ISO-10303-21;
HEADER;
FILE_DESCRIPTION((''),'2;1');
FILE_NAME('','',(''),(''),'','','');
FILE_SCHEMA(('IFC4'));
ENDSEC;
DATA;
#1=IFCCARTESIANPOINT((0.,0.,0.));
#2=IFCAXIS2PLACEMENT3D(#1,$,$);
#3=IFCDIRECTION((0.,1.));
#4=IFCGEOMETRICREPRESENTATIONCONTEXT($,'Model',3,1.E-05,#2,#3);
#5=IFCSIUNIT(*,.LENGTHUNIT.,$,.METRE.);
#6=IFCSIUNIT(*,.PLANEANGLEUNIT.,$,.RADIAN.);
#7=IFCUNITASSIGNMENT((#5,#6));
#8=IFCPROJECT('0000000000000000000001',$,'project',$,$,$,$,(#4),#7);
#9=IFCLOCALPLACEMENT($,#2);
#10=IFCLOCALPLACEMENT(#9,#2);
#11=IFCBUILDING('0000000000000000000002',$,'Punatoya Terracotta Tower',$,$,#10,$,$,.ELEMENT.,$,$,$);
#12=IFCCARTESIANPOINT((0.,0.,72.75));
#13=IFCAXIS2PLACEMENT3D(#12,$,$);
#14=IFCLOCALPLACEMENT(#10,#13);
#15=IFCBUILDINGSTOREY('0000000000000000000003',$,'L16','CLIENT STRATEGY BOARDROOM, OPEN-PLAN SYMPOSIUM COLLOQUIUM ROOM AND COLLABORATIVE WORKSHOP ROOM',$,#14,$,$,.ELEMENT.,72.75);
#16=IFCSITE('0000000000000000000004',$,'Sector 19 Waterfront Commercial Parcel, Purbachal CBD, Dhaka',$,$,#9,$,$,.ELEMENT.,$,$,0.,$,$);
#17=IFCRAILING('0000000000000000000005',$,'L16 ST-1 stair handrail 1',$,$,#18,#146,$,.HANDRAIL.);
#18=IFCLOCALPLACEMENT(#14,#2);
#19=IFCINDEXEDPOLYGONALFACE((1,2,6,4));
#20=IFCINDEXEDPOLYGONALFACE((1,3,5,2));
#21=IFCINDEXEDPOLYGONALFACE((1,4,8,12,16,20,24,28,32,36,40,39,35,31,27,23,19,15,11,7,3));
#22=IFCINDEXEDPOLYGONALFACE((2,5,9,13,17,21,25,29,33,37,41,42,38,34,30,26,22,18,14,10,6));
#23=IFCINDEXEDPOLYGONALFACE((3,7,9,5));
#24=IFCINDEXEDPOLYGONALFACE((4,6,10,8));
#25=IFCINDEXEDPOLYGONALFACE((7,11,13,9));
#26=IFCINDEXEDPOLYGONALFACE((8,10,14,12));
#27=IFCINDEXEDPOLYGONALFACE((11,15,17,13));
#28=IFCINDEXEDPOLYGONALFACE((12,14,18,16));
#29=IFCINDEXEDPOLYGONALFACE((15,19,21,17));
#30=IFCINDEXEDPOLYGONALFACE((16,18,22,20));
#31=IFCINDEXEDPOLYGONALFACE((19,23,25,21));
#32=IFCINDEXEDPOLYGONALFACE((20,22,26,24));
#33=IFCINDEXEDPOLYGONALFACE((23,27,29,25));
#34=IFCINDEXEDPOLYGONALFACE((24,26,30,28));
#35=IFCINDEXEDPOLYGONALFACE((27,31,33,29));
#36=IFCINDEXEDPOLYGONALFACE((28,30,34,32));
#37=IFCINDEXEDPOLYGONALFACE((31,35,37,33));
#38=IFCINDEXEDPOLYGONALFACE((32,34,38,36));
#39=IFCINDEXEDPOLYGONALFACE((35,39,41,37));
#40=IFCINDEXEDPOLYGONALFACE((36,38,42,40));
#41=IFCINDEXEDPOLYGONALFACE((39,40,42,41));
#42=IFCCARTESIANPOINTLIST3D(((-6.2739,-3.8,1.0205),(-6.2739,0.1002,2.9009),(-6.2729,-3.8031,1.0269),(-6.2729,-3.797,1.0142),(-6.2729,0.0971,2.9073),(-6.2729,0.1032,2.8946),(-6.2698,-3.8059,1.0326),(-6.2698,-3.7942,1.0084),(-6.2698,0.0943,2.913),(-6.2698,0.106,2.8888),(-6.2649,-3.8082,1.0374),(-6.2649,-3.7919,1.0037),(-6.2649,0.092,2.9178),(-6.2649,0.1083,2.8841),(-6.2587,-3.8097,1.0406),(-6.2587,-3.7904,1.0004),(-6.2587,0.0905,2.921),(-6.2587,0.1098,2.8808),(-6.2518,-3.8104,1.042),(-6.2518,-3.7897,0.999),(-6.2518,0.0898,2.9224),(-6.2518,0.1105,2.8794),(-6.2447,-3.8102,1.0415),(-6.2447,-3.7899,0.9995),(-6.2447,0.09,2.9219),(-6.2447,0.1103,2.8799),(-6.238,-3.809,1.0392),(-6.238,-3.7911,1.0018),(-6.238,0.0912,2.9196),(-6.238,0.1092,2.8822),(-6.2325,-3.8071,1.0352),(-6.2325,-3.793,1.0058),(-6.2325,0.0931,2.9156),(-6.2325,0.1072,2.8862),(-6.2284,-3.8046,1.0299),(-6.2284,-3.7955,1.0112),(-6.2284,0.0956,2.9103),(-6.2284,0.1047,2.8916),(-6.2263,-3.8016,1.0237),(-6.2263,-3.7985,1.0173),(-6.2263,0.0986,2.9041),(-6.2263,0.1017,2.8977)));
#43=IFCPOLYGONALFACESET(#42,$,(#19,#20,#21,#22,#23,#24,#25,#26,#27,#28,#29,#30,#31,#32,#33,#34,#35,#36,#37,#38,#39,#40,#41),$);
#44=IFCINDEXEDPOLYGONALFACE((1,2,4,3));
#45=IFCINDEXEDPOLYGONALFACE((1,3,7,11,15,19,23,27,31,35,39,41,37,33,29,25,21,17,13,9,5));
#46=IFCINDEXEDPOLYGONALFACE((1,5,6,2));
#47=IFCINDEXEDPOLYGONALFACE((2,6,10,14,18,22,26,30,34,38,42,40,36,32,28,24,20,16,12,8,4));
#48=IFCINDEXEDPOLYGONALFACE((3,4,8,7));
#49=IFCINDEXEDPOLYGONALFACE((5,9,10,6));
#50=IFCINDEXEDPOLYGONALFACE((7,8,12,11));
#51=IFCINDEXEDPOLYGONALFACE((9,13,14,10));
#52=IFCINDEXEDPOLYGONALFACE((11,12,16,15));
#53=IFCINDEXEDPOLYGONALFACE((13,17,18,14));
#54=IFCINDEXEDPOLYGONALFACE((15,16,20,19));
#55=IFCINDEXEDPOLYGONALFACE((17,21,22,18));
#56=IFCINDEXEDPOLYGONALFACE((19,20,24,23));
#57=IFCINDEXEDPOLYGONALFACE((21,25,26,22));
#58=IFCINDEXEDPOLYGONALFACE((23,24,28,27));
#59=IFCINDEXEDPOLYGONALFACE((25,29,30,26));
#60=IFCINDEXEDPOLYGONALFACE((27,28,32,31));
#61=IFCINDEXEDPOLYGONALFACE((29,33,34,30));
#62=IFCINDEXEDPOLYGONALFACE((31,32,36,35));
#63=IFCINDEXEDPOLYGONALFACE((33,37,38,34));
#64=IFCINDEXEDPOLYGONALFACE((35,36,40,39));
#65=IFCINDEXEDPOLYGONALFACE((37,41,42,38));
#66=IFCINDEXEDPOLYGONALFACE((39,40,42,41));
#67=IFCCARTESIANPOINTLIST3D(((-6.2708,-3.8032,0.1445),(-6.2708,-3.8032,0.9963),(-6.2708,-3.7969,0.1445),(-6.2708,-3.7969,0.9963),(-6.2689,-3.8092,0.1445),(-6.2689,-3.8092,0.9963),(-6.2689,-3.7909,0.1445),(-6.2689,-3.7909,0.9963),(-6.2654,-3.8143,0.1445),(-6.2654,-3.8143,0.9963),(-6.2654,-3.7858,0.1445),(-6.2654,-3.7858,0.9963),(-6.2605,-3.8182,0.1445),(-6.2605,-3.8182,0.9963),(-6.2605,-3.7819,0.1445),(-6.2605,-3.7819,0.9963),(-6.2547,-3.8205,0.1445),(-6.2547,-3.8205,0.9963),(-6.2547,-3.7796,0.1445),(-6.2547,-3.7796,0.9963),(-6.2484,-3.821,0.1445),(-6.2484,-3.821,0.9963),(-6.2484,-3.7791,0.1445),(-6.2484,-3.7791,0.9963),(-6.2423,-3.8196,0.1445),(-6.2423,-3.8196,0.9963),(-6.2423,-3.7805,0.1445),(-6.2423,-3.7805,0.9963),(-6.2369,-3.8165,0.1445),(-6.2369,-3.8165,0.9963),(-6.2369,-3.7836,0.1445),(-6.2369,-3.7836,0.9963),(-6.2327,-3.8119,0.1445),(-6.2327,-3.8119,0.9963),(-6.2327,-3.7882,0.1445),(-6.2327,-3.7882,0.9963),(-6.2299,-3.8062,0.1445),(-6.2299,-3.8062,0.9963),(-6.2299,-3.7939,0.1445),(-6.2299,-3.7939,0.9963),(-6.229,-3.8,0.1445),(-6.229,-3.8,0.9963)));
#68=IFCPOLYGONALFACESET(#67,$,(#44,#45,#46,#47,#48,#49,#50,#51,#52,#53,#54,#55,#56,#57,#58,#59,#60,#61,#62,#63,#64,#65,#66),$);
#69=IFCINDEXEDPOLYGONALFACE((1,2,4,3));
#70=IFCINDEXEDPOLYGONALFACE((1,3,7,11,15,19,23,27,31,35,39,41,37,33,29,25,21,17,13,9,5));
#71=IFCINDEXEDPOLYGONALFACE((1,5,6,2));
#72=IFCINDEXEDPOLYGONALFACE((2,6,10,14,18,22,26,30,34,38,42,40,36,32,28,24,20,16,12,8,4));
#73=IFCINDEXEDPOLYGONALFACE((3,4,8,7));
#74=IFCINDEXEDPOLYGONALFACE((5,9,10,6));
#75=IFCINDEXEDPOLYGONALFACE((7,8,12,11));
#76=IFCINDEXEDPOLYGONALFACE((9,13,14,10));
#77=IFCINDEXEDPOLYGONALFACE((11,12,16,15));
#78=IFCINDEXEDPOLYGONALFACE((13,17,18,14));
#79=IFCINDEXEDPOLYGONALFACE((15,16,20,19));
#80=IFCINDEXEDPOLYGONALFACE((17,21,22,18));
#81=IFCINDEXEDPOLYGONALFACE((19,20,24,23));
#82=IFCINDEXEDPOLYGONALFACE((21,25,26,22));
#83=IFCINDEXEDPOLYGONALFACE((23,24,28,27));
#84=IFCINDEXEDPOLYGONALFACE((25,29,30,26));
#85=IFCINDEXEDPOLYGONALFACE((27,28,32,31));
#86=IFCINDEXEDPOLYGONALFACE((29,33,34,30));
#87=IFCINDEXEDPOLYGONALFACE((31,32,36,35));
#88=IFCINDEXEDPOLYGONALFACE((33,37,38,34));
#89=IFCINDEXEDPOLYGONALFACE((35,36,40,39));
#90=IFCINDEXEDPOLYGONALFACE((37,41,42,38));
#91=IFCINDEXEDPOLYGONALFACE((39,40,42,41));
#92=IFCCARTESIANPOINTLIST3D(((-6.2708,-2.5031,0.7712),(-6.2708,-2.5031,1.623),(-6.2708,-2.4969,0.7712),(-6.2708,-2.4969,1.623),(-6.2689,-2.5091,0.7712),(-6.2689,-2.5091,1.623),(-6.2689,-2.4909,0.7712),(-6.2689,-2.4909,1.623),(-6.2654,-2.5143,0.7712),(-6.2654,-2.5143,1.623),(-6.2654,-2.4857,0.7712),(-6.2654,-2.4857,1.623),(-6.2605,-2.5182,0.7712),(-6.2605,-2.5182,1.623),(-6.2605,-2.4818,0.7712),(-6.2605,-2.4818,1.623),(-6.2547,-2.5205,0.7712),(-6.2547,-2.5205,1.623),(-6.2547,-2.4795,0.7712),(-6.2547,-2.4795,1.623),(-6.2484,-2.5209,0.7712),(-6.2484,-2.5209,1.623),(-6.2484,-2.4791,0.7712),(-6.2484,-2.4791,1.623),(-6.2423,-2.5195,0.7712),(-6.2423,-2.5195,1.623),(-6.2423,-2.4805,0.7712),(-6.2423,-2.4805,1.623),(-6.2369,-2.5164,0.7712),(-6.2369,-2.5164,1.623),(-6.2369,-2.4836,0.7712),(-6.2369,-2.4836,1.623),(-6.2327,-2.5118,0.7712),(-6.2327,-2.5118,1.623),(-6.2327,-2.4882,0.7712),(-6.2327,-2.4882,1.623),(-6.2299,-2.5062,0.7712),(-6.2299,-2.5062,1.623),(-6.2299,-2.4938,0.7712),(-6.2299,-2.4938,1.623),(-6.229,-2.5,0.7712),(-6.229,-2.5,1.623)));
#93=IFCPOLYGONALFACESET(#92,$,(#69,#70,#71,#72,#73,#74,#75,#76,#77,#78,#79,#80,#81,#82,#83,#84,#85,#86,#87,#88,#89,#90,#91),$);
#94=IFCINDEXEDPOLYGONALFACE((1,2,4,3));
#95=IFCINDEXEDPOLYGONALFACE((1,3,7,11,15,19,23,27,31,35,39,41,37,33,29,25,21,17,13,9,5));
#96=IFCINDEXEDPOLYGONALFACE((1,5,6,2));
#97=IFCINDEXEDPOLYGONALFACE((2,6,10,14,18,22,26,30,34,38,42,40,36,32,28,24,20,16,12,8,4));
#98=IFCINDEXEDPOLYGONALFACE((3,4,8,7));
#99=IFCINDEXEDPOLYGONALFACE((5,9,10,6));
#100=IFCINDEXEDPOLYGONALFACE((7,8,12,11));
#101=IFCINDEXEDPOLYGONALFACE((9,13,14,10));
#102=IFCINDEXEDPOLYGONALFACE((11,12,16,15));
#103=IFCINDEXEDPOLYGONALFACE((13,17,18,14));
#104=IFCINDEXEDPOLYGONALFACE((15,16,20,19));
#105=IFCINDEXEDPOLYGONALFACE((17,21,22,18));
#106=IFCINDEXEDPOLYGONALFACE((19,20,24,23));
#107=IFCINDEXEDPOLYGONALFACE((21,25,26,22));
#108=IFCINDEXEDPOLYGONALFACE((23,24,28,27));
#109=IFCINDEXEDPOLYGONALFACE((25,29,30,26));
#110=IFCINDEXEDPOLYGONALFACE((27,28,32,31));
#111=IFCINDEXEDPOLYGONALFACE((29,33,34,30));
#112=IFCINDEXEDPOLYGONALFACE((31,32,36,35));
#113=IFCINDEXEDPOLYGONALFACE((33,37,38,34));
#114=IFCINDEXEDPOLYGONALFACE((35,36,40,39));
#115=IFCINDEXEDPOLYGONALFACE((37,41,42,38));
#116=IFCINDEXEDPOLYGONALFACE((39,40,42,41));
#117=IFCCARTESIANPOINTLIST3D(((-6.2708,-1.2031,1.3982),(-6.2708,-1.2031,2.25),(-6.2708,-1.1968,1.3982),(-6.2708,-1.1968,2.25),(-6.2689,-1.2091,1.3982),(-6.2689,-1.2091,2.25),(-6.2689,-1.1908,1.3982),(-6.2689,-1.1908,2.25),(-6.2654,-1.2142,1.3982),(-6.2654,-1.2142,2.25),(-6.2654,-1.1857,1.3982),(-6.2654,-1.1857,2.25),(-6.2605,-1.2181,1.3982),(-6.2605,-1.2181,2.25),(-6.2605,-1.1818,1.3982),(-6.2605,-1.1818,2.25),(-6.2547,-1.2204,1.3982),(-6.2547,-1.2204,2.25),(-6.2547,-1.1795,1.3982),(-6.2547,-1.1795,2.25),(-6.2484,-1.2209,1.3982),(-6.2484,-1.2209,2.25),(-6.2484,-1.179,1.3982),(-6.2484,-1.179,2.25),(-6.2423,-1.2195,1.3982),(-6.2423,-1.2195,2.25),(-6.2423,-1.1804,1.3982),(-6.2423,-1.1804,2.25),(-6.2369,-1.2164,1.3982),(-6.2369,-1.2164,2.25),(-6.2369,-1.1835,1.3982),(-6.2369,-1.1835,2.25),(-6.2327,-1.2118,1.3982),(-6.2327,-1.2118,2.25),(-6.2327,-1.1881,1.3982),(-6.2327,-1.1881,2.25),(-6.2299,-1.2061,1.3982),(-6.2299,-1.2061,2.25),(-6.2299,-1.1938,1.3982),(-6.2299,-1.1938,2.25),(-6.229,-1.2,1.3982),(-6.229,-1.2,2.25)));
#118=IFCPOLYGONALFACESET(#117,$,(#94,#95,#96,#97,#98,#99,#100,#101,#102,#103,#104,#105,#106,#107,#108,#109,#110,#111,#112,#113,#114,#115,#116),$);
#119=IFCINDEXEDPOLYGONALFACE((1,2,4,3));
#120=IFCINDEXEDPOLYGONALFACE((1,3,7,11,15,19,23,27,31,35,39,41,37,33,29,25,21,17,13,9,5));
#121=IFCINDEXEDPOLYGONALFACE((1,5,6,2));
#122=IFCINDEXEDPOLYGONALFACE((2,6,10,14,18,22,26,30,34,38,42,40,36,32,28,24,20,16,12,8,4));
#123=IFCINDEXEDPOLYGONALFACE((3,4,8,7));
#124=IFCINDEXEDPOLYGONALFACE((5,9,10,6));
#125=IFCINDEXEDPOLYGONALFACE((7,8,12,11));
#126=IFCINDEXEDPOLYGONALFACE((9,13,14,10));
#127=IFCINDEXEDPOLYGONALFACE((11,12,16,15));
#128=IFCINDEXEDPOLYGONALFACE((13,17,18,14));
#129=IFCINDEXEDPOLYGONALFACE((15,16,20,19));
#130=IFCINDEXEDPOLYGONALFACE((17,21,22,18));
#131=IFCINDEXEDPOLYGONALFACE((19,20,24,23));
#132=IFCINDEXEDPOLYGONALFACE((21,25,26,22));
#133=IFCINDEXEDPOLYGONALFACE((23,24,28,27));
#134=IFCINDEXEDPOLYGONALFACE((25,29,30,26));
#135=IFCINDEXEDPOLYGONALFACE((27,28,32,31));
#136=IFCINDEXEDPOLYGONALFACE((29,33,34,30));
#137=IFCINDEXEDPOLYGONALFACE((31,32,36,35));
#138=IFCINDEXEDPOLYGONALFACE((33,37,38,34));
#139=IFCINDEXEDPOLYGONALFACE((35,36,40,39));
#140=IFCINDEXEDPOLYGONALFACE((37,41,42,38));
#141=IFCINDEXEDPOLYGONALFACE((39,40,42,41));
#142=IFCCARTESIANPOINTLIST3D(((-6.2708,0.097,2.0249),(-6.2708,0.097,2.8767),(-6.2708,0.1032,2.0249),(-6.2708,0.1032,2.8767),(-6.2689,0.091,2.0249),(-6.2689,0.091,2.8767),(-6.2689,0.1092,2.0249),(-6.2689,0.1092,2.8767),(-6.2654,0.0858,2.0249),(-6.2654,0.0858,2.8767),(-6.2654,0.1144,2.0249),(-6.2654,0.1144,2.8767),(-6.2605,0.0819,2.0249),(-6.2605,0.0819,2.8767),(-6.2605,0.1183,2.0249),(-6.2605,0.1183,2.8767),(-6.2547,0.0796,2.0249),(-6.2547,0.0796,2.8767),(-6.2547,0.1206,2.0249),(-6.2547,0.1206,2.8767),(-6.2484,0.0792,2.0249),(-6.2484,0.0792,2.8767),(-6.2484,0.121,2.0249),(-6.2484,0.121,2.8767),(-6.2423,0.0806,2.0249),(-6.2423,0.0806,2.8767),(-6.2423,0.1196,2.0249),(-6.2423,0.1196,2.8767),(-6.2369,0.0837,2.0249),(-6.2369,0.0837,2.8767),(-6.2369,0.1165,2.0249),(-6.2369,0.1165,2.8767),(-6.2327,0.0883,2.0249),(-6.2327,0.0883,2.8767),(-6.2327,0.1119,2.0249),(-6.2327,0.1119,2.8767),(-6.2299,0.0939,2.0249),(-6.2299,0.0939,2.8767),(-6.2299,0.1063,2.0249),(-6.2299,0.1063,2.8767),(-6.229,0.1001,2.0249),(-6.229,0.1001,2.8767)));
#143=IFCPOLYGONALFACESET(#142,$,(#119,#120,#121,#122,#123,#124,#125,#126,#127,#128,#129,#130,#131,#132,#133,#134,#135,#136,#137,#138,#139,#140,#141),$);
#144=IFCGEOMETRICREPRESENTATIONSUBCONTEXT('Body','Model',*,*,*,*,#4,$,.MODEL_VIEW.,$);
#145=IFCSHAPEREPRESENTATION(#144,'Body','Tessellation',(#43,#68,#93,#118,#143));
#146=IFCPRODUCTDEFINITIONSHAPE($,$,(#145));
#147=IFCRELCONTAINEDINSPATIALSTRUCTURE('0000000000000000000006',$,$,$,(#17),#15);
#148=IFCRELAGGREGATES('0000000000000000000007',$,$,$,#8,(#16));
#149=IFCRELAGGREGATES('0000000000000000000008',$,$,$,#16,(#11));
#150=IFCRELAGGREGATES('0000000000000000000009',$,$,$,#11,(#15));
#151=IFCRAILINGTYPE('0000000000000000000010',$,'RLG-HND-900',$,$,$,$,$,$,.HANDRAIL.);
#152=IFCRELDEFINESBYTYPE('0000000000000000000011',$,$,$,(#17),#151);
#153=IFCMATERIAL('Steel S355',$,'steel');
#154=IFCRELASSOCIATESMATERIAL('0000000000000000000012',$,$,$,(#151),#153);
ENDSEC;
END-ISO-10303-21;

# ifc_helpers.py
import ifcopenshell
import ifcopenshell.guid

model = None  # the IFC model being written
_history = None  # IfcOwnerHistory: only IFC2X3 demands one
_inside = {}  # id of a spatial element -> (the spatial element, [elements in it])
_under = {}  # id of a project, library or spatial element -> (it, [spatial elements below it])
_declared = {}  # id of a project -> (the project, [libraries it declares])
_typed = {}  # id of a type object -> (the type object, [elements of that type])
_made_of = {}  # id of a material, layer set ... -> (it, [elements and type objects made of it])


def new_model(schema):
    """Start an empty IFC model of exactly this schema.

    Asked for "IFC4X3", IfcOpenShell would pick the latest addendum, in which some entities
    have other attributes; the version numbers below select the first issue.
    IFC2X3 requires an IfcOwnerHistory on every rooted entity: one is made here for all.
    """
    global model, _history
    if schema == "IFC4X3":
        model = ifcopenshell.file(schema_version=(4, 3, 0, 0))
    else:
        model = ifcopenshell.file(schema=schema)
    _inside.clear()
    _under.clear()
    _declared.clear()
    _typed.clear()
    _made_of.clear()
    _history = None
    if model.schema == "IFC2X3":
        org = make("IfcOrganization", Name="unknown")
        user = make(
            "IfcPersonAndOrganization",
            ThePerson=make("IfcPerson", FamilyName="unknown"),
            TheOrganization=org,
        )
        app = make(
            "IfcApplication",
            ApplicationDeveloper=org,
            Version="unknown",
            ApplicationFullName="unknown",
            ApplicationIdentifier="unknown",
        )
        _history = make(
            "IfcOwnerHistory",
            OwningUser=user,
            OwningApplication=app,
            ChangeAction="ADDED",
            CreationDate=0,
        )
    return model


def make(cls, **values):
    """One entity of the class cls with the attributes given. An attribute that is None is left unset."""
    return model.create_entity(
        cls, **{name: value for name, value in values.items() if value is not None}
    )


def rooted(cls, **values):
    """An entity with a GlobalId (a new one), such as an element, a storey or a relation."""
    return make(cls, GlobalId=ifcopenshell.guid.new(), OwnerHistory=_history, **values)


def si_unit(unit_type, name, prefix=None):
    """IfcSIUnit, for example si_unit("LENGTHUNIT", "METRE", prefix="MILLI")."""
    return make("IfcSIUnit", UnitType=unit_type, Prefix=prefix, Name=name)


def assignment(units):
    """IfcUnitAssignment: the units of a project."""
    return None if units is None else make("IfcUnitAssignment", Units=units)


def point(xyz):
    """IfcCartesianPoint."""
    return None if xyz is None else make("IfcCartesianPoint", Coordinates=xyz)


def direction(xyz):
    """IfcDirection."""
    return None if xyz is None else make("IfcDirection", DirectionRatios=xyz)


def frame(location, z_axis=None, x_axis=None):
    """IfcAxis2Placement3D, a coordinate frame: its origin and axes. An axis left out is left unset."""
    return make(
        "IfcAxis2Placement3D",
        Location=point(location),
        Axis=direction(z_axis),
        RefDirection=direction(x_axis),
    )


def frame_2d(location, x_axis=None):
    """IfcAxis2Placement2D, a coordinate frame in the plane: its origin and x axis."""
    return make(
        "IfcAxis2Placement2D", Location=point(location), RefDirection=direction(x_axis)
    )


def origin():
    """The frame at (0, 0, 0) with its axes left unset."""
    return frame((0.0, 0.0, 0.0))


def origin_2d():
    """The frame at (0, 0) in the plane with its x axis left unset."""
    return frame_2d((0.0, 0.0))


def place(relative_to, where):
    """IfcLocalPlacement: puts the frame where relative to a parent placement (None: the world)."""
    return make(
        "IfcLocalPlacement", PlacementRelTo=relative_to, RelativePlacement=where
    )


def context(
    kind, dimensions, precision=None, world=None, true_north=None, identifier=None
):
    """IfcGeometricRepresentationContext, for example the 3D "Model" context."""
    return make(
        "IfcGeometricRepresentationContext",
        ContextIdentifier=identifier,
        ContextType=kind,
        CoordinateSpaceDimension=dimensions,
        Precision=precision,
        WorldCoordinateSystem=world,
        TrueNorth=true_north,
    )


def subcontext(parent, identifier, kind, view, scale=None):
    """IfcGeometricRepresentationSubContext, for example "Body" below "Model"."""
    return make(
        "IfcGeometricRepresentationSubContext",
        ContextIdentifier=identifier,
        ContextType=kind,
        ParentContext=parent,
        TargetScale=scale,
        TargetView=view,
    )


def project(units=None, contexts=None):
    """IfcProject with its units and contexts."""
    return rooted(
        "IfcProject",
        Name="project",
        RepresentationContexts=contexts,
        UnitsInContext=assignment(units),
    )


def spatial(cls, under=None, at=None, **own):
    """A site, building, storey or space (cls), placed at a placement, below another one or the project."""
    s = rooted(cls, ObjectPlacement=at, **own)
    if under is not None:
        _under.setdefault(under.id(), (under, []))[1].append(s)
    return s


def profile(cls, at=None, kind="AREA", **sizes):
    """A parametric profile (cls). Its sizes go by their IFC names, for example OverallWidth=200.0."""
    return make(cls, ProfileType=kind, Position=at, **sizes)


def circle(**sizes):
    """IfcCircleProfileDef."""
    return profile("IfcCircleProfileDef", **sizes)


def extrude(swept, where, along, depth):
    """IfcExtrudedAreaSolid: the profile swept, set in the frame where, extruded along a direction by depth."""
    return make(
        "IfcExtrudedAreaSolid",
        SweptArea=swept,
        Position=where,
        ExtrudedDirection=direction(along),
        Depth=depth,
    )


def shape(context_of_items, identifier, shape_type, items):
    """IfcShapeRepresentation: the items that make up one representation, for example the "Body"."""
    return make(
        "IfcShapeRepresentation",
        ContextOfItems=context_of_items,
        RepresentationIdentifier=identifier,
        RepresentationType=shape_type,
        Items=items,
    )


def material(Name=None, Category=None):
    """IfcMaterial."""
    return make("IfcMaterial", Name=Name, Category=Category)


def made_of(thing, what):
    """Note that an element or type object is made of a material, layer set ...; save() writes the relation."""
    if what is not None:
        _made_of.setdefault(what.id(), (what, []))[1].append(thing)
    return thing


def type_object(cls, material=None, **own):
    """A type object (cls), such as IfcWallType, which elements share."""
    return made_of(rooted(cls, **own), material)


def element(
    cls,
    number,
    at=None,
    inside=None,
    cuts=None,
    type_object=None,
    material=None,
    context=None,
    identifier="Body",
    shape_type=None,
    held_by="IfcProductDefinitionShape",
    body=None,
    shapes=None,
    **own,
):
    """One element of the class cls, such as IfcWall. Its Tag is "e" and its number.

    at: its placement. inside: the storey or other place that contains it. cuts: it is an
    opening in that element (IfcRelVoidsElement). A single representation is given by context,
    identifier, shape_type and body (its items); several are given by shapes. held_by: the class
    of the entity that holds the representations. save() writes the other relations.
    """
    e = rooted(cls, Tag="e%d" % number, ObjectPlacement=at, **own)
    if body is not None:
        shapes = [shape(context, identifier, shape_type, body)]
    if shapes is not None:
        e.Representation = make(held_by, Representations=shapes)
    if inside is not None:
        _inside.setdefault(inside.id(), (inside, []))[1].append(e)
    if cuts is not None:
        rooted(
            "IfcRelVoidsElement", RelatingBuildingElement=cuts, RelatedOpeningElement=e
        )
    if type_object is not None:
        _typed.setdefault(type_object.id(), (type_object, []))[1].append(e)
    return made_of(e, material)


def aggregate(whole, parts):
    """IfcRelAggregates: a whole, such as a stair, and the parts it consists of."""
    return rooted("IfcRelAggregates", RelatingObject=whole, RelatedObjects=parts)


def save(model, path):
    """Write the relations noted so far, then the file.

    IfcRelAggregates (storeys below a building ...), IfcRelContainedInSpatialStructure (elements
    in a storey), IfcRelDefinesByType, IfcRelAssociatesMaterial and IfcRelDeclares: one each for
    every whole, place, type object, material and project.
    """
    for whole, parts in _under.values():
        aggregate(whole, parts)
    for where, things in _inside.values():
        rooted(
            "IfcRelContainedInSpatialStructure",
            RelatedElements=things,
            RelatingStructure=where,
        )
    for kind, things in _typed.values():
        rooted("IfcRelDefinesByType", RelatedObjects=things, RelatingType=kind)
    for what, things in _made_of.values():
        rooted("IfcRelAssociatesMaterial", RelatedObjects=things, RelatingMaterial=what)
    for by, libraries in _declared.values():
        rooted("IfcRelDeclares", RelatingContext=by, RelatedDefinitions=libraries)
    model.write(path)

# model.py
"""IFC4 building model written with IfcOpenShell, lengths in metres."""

from ifc_helpers import new_model, si_unit, direction, frame, origin, origin_2d, place, context, subcontext, project, spatial, circle, extrude, material, type_object, element, save


model = new_model("IFC4")

# Units and contexts
model_context = context("Model", 3, precision=1e-05, world=origin(), true_north=direction((0.0, 1.0)))
body_context = subcontext(model_context, "Body", "Model", "MODEL_VIEW")
ifc_project = project(units=[si_unit("LENGTHUNIT", "METRE"), si_unit("PLANEANGLEUNIT", "RADIAN")], contexts=[model_context])

# Site, building, storey
site_placement = place(None, origin())
site = spatial("IfcSite", under=ifc_project, at=site_placement, Name="Sector 19 Waterfront Commercial Parcel, Purbachal CBD, Dhaka", CompositionType="ELEMENT", RefElevation=0.0)
building_placement = place(site_placement, origin())
building = spatial("IfcBuilding", under=site, at=building_placement, Name="Punatoya Terracotta Tower", CompositionType="ELEMENT")
storey_placement = place(building_placement, frame((0.0, 0.0, 72.75)))
storey = spatial("IfcBuildingStorey", under=building, at=storey_placement, Name="L16", Description="CLIENT STRATEGY BOARDROOM, OPEN-PLAN SYMPOSIUM COLLOQUIUM ROOM AND COLLABORATIVE WORKSHOP ROOM", CompositionType="ELEMENT", Elevation=72.75)

# Railing
ifc_material_1 = material(Name="Steel S355", Category="steel")
railing_type_1 = type_object("IfcRailingType", Name="RLG-HND-900", PredefinedType="HANDRAIL", material=ifc_material_1)
railing_1_placement = place(storey_placement, frame((-6.25, -3.8, 0.1445)))
element("IfcRailing", 1, at=railing_1_placement, inside=storey, type_object=railing_type_1, Name="L16 ST-1 stair handrail 1", PredefinedType="HANDRAIL", context=body_context, shape_type="SweptSolid", body=[
    extrude(circle(Radius=0.0239, at=origin_2d()), frame((0.0, 0.0, 0.876), z_axis=(0.0, 0.900774, 0.434289), x_axis=(-1.0, 0.0, 0.0)), (0.0, 0.0, 1.0), 4.3298),
    extrude(circle(Radius=0.021, at=origin_2d()), origin(), (0.0, 0.0, 1.0), 0.8518),
    extrude(circle(Radius=0.021, at=origin_2d()), frame((0.0, 1.3, 0.6267)), (0.0, 0.0, 1.0), 0.8518),
    extrude(circle(Radius=0.021, at=origin_2d()), frame((0.0, 2.6001, 1.2537)), (0.0, 0.0, 1.0), 0.8518),
    extrude(circle(Radius=0.021, at=origin_2d()), frame((0.0, 3.9001, 1.8804)), (0.0, 0.0, 1.0), 0.8518),
])

save(model, "model.ifc")
